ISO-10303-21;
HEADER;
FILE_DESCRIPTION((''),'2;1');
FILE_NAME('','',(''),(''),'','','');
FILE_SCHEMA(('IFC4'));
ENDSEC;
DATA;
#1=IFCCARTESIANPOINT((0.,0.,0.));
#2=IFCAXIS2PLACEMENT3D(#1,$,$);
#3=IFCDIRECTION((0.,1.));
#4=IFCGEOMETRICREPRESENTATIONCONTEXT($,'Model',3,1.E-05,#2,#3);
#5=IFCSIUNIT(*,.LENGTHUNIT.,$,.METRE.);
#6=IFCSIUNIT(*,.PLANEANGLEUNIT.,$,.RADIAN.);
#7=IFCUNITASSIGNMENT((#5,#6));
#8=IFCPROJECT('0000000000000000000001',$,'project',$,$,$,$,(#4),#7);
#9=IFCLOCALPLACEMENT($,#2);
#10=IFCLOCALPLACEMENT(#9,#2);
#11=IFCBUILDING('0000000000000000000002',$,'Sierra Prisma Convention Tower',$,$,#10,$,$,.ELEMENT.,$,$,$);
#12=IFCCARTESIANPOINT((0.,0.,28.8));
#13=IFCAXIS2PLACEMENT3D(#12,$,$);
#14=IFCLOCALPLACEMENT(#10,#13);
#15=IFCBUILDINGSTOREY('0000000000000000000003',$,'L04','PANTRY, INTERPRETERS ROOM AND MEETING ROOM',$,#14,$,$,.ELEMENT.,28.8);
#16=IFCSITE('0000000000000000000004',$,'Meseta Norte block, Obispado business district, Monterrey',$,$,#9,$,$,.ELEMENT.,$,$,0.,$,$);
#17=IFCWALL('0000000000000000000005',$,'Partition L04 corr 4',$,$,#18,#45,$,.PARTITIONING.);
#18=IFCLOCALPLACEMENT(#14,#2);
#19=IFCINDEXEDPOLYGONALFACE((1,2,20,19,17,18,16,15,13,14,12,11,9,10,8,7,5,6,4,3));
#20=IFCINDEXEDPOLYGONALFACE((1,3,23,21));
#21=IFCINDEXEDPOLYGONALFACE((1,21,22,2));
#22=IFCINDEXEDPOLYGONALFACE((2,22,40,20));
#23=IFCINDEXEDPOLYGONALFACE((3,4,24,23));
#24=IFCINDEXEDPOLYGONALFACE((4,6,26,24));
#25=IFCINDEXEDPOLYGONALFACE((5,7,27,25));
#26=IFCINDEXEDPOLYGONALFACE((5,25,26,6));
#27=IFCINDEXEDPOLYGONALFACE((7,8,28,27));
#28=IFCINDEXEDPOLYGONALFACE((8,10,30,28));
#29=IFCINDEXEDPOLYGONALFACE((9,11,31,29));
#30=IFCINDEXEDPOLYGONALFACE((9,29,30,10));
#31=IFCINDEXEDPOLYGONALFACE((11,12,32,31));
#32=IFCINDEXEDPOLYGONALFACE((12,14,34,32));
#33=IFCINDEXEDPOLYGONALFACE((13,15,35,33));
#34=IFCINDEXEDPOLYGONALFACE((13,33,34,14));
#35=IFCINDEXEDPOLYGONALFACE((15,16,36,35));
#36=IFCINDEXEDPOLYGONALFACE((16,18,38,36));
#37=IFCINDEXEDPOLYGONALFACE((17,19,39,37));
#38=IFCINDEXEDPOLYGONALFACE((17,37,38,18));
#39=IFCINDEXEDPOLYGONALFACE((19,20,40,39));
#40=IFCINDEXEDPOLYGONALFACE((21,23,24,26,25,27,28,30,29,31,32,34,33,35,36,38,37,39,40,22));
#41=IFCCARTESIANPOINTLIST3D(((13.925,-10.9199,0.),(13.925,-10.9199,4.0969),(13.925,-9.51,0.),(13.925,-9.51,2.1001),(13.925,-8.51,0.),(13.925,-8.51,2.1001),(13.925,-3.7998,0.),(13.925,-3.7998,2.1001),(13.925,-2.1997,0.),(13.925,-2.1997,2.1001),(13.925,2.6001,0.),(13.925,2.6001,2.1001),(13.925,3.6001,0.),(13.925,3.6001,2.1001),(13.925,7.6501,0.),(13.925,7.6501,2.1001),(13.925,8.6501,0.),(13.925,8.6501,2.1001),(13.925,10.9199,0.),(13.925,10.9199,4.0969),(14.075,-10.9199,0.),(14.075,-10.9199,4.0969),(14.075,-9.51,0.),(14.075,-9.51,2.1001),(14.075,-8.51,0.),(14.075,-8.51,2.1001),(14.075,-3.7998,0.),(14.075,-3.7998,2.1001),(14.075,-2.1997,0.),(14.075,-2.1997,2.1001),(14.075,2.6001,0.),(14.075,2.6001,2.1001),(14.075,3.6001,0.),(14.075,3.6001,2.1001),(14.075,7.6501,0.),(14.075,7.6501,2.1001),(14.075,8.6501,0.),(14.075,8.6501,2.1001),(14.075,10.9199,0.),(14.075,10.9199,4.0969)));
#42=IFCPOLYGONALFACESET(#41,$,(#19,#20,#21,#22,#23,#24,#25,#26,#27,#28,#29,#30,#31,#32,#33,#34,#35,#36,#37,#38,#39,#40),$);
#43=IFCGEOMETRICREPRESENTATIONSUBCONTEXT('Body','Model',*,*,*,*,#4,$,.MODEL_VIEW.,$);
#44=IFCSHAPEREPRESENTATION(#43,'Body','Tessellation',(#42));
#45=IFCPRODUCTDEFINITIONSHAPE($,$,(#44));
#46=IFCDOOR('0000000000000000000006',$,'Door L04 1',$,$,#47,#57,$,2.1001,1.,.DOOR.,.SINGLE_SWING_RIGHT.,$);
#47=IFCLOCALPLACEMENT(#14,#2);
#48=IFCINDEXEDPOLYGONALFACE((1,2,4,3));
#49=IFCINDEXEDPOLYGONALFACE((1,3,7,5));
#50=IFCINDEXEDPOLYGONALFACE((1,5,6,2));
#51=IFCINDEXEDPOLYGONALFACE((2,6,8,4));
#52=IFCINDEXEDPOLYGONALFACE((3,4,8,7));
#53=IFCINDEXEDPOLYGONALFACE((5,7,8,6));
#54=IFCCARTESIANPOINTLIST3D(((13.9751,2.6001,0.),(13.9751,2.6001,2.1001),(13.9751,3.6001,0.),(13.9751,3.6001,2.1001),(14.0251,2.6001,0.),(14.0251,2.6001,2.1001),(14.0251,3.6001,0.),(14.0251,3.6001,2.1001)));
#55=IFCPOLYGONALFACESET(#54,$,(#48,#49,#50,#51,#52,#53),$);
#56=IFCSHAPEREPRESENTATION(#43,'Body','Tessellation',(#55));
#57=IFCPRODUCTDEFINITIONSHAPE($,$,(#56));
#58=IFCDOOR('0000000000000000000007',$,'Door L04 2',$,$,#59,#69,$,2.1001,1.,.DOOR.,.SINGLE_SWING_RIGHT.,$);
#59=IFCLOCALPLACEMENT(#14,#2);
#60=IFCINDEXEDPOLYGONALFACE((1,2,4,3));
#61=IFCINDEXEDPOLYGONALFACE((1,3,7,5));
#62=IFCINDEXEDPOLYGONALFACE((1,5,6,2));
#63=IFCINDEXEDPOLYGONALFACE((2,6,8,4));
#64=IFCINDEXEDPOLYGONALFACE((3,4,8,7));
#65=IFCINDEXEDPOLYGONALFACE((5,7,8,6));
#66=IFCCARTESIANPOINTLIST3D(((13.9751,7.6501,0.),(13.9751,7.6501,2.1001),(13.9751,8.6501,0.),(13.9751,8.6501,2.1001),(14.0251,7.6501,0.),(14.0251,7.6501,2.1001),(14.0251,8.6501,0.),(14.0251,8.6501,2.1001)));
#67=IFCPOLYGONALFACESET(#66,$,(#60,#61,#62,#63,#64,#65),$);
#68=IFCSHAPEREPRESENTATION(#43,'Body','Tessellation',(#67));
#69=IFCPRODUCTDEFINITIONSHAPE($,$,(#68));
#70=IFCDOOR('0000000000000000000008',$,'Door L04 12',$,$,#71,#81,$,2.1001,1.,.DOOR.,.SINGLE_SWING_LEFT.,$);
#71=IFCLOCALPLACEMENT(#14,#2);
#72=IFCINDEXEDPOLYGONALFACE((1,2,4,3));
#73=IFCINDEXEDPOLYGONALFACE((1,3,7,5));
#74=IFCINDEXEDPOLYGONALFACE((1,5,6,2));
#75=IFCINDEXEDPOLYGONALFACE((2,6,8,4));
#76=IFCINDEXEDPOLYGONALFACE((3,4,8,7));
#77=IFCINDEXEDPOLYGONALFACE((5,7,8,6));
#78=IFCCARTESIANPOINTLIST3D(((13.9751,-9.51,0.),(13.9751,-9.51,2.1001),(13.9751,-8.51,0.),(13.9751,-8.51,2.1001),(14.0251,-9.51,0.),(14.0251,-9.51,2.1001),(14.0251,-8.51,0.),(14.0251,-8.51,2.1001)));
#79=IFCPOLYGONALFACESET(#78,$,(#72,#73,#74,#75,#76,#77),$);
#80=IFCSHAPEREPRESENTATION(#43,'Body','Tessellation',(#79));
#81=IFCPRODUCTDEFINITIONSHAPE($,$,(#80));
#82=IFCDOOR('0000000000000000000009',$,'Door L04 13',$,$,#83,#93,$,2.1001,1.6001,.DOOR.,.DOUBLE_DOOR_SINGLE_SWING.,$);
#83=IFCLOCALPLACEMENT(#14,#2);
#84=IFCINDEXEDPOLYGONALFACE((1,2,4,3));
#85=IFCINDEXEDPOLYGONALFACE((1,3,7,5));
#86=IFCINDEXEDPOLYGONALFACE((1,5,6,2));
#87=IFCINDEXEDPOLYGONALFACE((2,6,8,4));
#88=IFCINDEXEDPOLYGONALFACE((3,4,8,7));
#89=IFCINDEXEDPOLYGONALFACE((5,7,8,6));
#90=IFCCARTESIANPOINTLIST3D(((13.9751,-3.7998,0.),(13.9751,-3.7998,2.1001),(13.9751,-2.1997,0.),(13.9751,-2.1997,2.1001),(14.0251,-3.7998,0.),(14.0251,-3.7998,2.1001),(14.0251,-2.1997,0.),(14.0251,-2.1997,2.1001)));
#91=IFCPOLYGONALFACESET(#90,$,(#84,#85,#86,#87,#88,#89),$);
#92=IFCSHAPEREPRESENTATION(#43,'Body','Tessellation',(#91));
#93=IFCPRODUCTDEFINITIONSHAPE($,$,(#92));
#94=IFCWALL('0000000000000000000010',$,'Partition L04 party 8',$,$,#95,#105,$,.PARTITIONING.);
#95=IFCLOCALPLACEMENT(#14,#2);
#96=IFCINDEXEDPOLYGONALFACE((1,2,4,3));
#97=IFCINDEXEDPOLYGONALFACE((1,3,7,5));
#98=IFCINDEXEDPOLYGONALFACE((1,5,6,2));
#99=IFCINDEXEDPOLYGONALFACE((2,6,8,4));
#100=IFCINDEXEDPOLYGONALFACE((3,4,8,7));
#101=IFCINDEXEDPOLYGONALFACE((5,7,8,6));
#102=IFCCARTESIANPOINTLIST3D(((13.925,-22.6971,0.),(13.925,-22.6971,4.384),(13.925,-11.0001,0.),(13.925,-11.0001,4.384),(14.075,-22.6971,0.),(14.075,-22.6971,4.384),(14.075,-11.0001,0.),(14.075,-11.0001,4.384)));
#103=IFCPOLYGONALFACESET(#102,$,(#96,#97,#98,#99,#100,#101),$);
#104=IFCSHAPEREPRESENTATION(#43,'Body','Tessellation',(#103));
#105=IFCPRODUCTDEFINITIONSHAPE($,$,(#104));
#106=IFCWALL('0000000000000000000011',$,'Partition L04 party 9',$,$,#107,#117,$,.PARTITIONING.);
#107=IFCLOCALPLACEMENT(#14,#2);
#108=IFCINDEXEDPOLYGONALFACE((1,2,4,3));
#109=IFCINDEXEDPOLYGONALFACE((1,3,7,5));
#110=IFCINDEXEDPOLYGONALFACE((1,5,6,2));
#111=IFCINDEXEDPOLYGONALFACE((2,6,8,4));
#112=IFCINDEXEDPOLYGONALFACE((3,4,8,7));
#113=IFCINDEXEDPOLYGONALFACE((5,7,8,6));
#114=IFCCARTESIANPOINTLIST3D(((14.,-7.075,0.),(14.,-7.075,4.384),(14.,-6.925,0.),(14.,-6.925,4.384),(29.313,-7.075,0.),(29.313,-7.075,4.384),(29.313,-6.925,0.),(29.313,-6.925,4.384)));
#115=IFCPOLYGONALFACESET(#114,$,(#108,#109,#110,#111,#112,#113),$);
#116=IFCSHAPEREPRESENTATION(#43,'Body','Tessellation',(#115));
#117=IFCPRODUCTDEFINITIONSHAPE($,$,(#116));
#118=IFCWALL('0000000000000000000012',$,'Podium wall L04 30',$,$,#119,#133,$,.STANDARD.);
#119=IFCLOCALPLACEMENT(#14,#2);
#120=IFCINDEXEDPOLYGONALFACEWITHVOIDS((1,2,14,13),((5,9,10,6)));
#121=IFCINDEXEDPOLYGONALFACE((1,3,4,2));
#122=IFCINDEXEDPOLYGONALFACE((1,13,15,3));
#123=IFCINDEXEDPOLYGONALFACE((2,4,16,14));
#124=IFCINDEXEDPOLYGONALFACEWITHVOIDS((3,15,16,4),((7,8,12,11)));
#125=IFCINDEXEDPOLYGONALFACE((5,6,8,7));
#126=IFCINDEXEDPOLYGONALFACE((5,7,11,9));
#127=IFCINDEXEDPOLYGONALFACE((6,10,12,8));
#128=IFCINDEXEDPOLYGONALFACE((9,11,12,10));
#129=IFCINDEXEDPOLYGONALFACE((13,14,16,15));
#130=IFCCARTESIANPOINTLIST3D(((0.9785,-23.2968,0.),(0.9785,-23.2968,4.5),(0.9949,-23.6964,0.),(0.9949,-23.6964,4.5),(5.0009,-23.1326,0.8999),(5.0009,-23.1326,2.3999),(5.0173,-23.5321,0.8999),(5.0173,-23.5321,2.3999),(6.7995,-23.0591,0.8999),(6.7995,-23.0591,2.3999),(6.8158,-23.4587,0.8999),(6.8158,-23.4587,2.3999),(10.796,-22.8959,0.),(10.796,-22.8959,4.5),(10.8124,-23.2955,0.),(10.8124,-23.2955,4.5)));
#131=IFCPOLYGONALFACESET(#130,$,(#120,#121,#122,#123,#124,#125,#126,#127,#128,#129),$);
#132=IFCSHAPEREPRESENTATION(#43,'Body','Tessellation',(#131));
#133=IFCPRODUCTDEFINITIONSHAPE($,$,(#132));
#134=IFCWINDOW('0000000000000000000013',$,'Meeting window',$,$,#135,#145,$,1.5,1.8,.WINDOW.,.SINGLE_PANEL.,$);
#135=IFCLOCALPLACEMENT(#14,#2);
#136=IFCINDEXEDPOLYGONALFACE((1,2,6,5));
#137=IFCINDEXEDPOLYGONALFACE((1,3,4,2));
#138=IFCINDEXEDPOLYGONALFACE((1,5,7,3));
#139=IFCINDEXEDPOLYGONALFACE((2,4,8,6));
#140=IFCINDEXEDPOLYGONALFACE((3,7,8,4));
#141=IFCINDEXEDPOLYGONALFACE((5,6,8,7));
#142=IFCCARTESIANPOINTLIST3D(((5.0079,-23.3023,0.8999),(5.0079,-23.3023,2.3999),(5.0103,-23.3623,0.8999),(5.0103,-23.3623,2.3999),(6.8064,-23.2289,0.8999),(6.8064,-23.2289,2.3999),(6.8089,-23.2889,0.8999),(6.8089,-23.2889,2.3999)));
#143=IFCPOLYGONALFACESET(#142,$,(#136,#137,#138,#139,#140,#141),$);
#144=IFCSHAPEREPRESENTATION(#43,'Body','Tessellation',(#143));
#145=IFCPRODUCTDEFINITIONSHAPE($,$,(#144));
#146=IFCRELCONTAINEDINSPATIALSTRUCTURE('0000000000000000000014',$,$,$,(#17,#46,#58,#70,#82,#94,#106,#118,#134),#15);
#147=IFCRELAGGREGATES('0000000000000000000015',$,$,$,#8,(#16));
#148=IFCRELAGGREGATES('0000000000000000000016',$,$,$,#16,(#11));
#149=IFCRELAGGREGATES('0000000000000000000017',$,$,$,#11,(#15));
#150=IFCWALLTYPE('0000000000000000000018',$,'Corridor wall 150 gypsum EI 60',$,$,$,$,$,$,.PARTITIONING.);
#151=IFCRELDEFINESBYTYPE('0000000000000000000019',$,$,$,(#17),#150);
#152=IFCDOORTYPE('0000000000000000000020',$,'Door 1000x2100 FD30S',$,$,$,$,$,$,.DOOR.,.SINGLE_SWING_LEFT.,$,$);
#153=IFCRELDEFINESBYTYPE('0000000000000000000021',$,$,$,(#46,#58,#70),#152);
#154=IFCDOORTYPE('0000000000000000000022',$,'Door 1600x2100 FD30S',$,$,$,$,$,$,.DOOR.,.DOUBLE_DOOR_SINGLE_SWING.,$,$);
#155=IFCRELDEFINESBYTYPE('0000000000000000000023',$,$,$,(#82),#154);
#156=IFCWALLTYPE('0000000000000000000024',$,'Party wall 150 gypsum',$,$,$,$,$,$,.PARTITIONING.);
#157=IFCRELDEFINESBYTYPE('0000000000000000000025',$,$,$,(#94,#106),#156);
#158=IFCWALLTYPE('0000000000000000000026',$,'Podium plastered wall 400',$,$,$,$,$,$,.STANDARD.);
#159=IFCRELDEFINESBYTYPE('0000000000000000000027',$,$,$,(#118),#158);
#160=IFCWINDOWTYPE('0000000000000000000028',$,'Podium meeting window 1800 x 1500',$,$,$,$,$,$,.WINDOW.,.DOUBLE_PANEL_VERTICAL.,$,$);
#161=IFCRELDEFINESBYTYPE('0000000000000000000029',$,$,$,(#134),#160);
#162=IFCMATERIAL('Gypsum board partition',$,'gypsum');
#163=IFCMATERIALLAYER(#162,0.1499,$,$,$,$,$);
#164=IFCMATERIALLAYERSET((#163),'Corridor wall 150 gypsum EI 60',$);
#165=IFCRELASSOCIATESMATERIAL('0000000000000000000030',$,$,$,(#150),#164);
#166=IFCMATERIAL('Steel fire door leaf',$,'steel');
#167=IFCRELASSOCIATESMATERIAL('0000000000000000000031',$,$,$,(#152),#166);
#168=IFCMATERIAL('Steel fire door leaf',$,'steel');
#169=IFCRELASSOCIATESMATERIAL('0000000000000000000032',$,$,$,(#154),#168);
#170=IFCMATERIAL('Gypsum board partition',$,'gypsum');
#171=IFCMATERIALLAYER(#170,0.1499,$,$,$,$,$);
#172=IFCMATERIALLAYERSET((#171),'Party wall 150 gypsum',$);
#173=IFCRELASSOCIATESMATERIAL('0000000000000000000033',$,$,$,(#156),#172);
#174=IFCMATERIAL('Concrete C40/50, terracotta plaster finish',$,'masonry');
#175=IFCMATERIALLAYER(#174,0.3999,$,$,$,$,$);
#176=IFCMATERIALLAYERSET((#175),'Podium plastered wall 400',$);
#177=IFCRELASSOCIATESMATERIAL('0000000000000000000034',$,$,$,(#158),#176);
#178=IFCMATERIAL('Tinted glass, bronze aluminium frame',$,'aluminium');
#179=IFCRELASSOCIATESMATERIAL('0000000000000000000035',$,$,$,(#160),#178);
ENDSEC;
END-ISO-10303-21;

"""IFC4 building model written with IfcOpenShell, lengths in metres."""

from ifc_helpers import new_model, si_unit, direction, frame, frame_2d, origin, place, context, subcontext, project, spatial, rectangle, extrude, material, layer, layer_set, type_object, element, fill, save


model = new_model("IFC4")

# Units and contexts
model_context = context("Model", 3, precision=1e-05, world=origin(), true_north=direction((0.0, 1.0)))
body_context = subcontext(model_context, "Body", "Model", "MODEL_VIEW")
ifc_project = project(units=[si_unit("LENGTHUNIT", "METRE"), si_unit("PLANEANGLEUNIT", "RADIAN")], contexts=[model_context])

# Site, building, storey
site_placement = place(None, origin())
site = spatial("IfcSite", under=ifc_project, at=site_placement, Name="Meseta Norte block, Obispado business district, Monterrey", CompositionType="ELEMENT", RefElevation=0.0)
building_placement = place(site_placement, origin())
building = spatial("IfcBuilding", under=site, at=building_placement, Name="Sierra Prisma Convention Tower", CompositionType="ELEMENT")
storey_placement = place(building_placement, frame((0.0, 0.0, 28.8)))
storey = spatial("IfcBuildingStorey", under=building, at=storey_placement, Name="L04", Description="PANTRY, INTERPRETERS ROOM AND MEETING ROOM", CompositionType="ELEMENT", Elevation=28.8)

# Wall, openings, doors
ifc_material_1 = material(Name="Gypsum board partition", Category="gypsum")
ifc_layer_1 = layer(ifc_material_1, 0.1499)
ifc_layer_set_1 = layer_set([ifc_layer_1], Name="Corridor wall 150 gypsum EI 60")
wall_type_1 = type_object("IfcWallType", Name="Corridor wall 150 gypsum EI 60", PredefinedType="PARTITIONING", material=ifc_layer_set_1)
wall_1_placement = place(storey_placement, frame((14.0, -10.9199, 0.0), z_axis=(0.0, 0.0, 1.0), x_axis=(0.0, 1.0, 0.0)))
wall_1 = element("IfcWall", 1, at=wall_1_placement, inside=storey, type_object=wall_type_1, Name="Partition L04 corr 4", PredefinedType="PARTITIONING", context=body_context, shape_type="SweptSolid", body=[
    extrude(rectangle(XDim=21.8398, YDim=0.1499, at=frame_2d((10.9199, 0.0))), origin(), (0.0, 0.0, 1.0), 4.0969),
])
opening_1_placement = place(wall_1_placement, frame((13.52, 0.0, 0.0)))
opening_1 = element("IfcOpeningElement", 2, at=opening_1_placement, cuts=wall_1, PredefinedType="OPENING", context=body_context, shape_type="SweptSolid", body=[
    extrude(rectangle(XDim=1.0, YDim=2.1001, at=frame_2d((0.5, 1.05))), frame((0.0, 0.075, 0.0), z_axis=(0.0, -1.0, 0.0), x_axis=(1.0, 0.0, 0.0)), (0.0, 0.0, 1.0), 0.1499),
])
opening_2_placement = place(wall_1_placement, frame((18.5701, 0.0, 0.0)))
opening_2 = element("IfcOpeningElement", 3, at=opening_2_placement, cuts=wall_1, PredefinedType="OPENING", context=body_context, shape_type="SweptSolid", body=[
    extrude(rectangle(XDim=1.0, YDim=2.1001, at=frame_2d((0.5, 1.05))), frame((0.0, 0.075, 0.0), z_axis=(0.0, -1.0, 0.0), x_axis=(1.0, 0.0, 0.0)), (0.0, 0.0, 1.0), 0.1499),
])
opening_3_placement = place(wall_1_placement, frame((1.4099, 0.0, 0.0)))
opening_3 = element("IfcOpeningElement", 4, at=opening_3_placement, cuts=wall_1, PredefinedType="OPENING", context=body_context, shape_type="SweptSolid", body=[
    extrude(rectangle(XDim=1.0, YDim=2.1001, at=frame_2d((0.5, 1.05))), frame((0.0, 0.075, 0.0), z_axis=(0.0, -1.0, 0.0), x_axis=(1.0, 0.0, 0.0)), (0.0, 0.0, 1.0), 0.1499),
])
opening_4_placement = place(wall_1_placement, frame((7.1201, 0.0, 0.0)))
opening_4 = element("IfcOpeningElement", 5, at=opening_4_placement, cuts=wall_1, PredefinedType="OPENING", context=body_context, shape_type="SweptSolid", body=[
    extrude(rectangle(XDim=1.6001, YDim=2.1001, at=frame_2d((0.8, 1.05))), frame((0.0, 0.075, 0.0), z_axis=(0.0, -1.0, 0.0), x_axis=(1.0, 0.0, 0.0)), (0.0, 0.0, 1.0), 0.1499),
])
ifc_material_2 = material(Name="Steel fire door leaf", Category="steel")
door_type_1 = type_object("IfcDoorType", Name="Door 1000x2100 FD30S", OperationType="SINGLE_SWING_LEFT", PredefinedType="DOOR", material=ifc_material_2)
door_1_placement = place(opening_1_placement, origin())
door_1 = element("IfcDoor", 6, at=door_1_placement, inside=storey, type_object=door_type_1, Name="Door L04 1", OperationType="SINGLE_SWING_RIGHT", OverallHeight=2.1001, OverallWidth=1.0, PredefinedType="DOOR", context=body_context, shape_type="SweptSolid", body=[
    extrude(rectangle(XDim=1.0, YDim=2.1001, at=frame_2d((0.5, 1.05))), frame((0.0, 0.0249, 0.0), z_axis=(0.0, -1.0, 0.0), x_axis=(1.0, 0.0, 0.0)), (0.0, 0.0, 1.0), 0.05),
])
fill(opening_1, door_1)
door_2_placement = place(opening_2_placement, origin())
door_2 = element("IfcDoor", 7, at=door_2_placement, inside=storey, type_object=door_type_1, Name="Door L04 2", OperationType="SINGLE_SWING_RIGHT", OverallHeight=2.1001, OverallWidth=1.0, PredefinedType="DOOR", context=body_context, shape_type="SweptSolid", body=[
    extrude(rectangle(XDim=1.0, YDim=2.1001, at=frame_2d((0.5, 1.05))), frame((0.0, 0.0249, 0.0), z_axis=(0.0, -1.0, 0.0), x_axis=(1.0, 0.0, 0.0)), (0.0, 0.0, 1.0), 0.05),
])
fill(opening_2, door_2)
door_3_placement = place(opening_3_placement, origin())
door_3 = element("IfcDoor", 8, at=door_3_placement, inside=storey, type_object=door_type_1, Name="Door L04 12", OperationType="SINGLE_SWING_LEFT", OverallHeight=2.1001, OverallWidth=1.0, PredefinedType="DOOR", context=body_context, shape_type="SweptSolid", body=[
    extrude(rectangle(XDim=1.0, YDim=2.1001, at=frame_2d((0.5, 1.05))), frame((0.0, 0.0249, 0.0), z_axis=(0.0, -1.0, 0.0), x_axis=(1.0, 0.0, 0.0)), (0.0, 0.0, 1.0), 0.05),
])
fill(opening_3, door_3)
ifc_material_3 = material(Name="Steel fire door leaf", Category="steel")
door_type_2 = type_object("IfcDoorType", Name="Door 1600x2100 FD30S", OperationType="DOUBLE_DOOR_SINGLE_SWING", PredefinedType="DOOR", material=ifc_material_3)
door_4_placement = place(opening_4_placement, origin())
door_4 = element("IfcDoor", 9, at=door_4_placement, inside=storey, type_object=door_type_2, Name="Door L04 13", OperationType="DOUBLE_DOOR_SINGLE_SWING", OverallHeight=2.1001, OverallWidth=1.6001, PredefinedType="DOOR", context=body_context, shape_type="SweptSolid", body=[
    extrude(rectangle(XDim=1.6001, YDim=2.1001, at=frame_2d((0.8, 1.05))), frame((0.0, 0.0249, 0.0), z_axis=(0.0, -1.0, 0.0), x_axis=(1.0, 0.0, 0.0)), (0.0, 0.0, 1.0), 0.05),
])
fill(opening_4, door_4)

# Walls
ifc_material_4 = material(Name="Gypsum board partition", Category="gypsum")
ifc_layer_2 = layer(ifc_material_4, 0.1499)
ifc_layer_set_2 = layer_set([ifc_layer_2], Name="Party wall 150 gypsum")
wall_type_2 = type_object("IfcWallType", Name="Party wall 150 gypsum", PredefinedType="PARTITIONING", material=ifc_layer_set_2)
wall_2_placement = place(storey_placement, frame((14.0, -11.0, 0.0), z_axis=(0.0, 0.0, 1.0), x_axis=(0.0, -1.0, 0.0)))
element("IfcWall", 10, at=wall_2_placement, inside=storey, type_object=wall_type_2, Name="Partition L04 party 8", PredefinedType="PARTITIONING", context=body_context, shape_type="SweptSolid", body=[
    extrude(rectangle(XDim=11.697, YDim=0.1499, at=frame_2d((5.8486, 0.0))), origin(), (0.0, 0.0, 1.0), 4.384),
])
wall_3_placement = place(storey_placement, frame((14.0, -7.0, 0.0), z_axis=(0.0, 0.0, 1.0), x_axis=(1.0, 0.0, 0.0)))
element("IfcWall", 11, at=wall_3_placement, inside=storey, type_object=wall_type_2, Name="Partition L04 party 9", PredefinedType="PARTITIONING", context=body_context, shape_type="SweptSolid", body=[
    extrude(rectangle(XDim=15.313, YDim=0.1499, at=frame_2d((7.6565, 0.0))), origin(), (0.0, 0.0, 1.0), 4.384),
])

# Wall, opening, window
ifc_material_5 = material(Name="Concrete C40/50, terracotta plaster finish", Category="masonry")
ifc_layer_3 = layer(ifc_material_5, 0.3999)
ifc_layer_set_3 = layer_set([ifc_layer_3], Name="Podium plastered wall 400")
wall_type_3 = type_object("IfcWallType", Name="Podium plastered wall 400", PredefinedType="STANDARD", material=ifc_layer_set_3)
wall_4_placement = place(storey_placement, frame((10.8042, -23.0957, 0.0), z_axis=(0.0, 0.0, 1.0), x_axis=(-0.999167, -0.0408, 0.0)))
wall_4 = element("IfcWall", 12, at=wall_4_placement, inside=storey, type_object=wall_type_3, Name="Podium wall L04 30", PredefinedType="STANDARD", context=body_context, shape_type="SweptSolid", body=[
    extrude(rectangle(XDim=9.8257, YDim=0.3999, at=frame_2d((4.9128, 0.0))), origin(), (0.0, 0.0, 1.0), 4.5),
])
opening_5_placement = place(wall_4_placement, frame((4.0, 0.0, 0.8999)))
opening_5 = element("IfcOpeningElement", 13, at=opening_5_placement, cuts=wall_4, PredefinedType="OPENING", context=body_context, shape_type="SweptSolid", body=[
    extrude(rectangle(XDim=1.8, YDim=1.5, at=frame_2d((0.8999, 0.75))), frame((0.0, 0.2, 0.0), z_axis=(0.0, -1.0, 0.0), x_axis=(1.0, 0.0, 0.0)), (0.0, 0.0, 1.0), 0.3999),
])
ifc_material_6 = material(Name="Tinted glass, bronze aluminium frame", Category="aluminium")
window_type = type_object("IfcWindowType", Name="Podium meeting window 1800 x 1500", PartitioningType="DOUBLE_PANEL_VERTICAL", PredefinedType="WINDOW", material=ifc_material_6)
window_1_placement = place(opening_5_placement, origin())
window_1 = element("IfcWindow", 14, at=window_1_placement, inside=storey, type_object=window_type, Name="Meeting window", OverallHeight=1.5, OverallWidth=1.8, PartitioningType="SINGLE_PANEL", PredefinedType="WINDOW", context=body_context, shape_type="SweptSolid", body=[
    extrude(rectangle(XDim=1.8, YDim=1.5, at=frame_2d((0.8999, 0.75))), frame((0.0, 0.03, 0.0), z_axis=(0.0, -1.0, 0.0), x_axis=(1.0, 0.0, 0.0)), (0.0, 0.0, 1.0), 0.0601),
])
fill(opening_5, window_1)

save(model, "model.ifc")
